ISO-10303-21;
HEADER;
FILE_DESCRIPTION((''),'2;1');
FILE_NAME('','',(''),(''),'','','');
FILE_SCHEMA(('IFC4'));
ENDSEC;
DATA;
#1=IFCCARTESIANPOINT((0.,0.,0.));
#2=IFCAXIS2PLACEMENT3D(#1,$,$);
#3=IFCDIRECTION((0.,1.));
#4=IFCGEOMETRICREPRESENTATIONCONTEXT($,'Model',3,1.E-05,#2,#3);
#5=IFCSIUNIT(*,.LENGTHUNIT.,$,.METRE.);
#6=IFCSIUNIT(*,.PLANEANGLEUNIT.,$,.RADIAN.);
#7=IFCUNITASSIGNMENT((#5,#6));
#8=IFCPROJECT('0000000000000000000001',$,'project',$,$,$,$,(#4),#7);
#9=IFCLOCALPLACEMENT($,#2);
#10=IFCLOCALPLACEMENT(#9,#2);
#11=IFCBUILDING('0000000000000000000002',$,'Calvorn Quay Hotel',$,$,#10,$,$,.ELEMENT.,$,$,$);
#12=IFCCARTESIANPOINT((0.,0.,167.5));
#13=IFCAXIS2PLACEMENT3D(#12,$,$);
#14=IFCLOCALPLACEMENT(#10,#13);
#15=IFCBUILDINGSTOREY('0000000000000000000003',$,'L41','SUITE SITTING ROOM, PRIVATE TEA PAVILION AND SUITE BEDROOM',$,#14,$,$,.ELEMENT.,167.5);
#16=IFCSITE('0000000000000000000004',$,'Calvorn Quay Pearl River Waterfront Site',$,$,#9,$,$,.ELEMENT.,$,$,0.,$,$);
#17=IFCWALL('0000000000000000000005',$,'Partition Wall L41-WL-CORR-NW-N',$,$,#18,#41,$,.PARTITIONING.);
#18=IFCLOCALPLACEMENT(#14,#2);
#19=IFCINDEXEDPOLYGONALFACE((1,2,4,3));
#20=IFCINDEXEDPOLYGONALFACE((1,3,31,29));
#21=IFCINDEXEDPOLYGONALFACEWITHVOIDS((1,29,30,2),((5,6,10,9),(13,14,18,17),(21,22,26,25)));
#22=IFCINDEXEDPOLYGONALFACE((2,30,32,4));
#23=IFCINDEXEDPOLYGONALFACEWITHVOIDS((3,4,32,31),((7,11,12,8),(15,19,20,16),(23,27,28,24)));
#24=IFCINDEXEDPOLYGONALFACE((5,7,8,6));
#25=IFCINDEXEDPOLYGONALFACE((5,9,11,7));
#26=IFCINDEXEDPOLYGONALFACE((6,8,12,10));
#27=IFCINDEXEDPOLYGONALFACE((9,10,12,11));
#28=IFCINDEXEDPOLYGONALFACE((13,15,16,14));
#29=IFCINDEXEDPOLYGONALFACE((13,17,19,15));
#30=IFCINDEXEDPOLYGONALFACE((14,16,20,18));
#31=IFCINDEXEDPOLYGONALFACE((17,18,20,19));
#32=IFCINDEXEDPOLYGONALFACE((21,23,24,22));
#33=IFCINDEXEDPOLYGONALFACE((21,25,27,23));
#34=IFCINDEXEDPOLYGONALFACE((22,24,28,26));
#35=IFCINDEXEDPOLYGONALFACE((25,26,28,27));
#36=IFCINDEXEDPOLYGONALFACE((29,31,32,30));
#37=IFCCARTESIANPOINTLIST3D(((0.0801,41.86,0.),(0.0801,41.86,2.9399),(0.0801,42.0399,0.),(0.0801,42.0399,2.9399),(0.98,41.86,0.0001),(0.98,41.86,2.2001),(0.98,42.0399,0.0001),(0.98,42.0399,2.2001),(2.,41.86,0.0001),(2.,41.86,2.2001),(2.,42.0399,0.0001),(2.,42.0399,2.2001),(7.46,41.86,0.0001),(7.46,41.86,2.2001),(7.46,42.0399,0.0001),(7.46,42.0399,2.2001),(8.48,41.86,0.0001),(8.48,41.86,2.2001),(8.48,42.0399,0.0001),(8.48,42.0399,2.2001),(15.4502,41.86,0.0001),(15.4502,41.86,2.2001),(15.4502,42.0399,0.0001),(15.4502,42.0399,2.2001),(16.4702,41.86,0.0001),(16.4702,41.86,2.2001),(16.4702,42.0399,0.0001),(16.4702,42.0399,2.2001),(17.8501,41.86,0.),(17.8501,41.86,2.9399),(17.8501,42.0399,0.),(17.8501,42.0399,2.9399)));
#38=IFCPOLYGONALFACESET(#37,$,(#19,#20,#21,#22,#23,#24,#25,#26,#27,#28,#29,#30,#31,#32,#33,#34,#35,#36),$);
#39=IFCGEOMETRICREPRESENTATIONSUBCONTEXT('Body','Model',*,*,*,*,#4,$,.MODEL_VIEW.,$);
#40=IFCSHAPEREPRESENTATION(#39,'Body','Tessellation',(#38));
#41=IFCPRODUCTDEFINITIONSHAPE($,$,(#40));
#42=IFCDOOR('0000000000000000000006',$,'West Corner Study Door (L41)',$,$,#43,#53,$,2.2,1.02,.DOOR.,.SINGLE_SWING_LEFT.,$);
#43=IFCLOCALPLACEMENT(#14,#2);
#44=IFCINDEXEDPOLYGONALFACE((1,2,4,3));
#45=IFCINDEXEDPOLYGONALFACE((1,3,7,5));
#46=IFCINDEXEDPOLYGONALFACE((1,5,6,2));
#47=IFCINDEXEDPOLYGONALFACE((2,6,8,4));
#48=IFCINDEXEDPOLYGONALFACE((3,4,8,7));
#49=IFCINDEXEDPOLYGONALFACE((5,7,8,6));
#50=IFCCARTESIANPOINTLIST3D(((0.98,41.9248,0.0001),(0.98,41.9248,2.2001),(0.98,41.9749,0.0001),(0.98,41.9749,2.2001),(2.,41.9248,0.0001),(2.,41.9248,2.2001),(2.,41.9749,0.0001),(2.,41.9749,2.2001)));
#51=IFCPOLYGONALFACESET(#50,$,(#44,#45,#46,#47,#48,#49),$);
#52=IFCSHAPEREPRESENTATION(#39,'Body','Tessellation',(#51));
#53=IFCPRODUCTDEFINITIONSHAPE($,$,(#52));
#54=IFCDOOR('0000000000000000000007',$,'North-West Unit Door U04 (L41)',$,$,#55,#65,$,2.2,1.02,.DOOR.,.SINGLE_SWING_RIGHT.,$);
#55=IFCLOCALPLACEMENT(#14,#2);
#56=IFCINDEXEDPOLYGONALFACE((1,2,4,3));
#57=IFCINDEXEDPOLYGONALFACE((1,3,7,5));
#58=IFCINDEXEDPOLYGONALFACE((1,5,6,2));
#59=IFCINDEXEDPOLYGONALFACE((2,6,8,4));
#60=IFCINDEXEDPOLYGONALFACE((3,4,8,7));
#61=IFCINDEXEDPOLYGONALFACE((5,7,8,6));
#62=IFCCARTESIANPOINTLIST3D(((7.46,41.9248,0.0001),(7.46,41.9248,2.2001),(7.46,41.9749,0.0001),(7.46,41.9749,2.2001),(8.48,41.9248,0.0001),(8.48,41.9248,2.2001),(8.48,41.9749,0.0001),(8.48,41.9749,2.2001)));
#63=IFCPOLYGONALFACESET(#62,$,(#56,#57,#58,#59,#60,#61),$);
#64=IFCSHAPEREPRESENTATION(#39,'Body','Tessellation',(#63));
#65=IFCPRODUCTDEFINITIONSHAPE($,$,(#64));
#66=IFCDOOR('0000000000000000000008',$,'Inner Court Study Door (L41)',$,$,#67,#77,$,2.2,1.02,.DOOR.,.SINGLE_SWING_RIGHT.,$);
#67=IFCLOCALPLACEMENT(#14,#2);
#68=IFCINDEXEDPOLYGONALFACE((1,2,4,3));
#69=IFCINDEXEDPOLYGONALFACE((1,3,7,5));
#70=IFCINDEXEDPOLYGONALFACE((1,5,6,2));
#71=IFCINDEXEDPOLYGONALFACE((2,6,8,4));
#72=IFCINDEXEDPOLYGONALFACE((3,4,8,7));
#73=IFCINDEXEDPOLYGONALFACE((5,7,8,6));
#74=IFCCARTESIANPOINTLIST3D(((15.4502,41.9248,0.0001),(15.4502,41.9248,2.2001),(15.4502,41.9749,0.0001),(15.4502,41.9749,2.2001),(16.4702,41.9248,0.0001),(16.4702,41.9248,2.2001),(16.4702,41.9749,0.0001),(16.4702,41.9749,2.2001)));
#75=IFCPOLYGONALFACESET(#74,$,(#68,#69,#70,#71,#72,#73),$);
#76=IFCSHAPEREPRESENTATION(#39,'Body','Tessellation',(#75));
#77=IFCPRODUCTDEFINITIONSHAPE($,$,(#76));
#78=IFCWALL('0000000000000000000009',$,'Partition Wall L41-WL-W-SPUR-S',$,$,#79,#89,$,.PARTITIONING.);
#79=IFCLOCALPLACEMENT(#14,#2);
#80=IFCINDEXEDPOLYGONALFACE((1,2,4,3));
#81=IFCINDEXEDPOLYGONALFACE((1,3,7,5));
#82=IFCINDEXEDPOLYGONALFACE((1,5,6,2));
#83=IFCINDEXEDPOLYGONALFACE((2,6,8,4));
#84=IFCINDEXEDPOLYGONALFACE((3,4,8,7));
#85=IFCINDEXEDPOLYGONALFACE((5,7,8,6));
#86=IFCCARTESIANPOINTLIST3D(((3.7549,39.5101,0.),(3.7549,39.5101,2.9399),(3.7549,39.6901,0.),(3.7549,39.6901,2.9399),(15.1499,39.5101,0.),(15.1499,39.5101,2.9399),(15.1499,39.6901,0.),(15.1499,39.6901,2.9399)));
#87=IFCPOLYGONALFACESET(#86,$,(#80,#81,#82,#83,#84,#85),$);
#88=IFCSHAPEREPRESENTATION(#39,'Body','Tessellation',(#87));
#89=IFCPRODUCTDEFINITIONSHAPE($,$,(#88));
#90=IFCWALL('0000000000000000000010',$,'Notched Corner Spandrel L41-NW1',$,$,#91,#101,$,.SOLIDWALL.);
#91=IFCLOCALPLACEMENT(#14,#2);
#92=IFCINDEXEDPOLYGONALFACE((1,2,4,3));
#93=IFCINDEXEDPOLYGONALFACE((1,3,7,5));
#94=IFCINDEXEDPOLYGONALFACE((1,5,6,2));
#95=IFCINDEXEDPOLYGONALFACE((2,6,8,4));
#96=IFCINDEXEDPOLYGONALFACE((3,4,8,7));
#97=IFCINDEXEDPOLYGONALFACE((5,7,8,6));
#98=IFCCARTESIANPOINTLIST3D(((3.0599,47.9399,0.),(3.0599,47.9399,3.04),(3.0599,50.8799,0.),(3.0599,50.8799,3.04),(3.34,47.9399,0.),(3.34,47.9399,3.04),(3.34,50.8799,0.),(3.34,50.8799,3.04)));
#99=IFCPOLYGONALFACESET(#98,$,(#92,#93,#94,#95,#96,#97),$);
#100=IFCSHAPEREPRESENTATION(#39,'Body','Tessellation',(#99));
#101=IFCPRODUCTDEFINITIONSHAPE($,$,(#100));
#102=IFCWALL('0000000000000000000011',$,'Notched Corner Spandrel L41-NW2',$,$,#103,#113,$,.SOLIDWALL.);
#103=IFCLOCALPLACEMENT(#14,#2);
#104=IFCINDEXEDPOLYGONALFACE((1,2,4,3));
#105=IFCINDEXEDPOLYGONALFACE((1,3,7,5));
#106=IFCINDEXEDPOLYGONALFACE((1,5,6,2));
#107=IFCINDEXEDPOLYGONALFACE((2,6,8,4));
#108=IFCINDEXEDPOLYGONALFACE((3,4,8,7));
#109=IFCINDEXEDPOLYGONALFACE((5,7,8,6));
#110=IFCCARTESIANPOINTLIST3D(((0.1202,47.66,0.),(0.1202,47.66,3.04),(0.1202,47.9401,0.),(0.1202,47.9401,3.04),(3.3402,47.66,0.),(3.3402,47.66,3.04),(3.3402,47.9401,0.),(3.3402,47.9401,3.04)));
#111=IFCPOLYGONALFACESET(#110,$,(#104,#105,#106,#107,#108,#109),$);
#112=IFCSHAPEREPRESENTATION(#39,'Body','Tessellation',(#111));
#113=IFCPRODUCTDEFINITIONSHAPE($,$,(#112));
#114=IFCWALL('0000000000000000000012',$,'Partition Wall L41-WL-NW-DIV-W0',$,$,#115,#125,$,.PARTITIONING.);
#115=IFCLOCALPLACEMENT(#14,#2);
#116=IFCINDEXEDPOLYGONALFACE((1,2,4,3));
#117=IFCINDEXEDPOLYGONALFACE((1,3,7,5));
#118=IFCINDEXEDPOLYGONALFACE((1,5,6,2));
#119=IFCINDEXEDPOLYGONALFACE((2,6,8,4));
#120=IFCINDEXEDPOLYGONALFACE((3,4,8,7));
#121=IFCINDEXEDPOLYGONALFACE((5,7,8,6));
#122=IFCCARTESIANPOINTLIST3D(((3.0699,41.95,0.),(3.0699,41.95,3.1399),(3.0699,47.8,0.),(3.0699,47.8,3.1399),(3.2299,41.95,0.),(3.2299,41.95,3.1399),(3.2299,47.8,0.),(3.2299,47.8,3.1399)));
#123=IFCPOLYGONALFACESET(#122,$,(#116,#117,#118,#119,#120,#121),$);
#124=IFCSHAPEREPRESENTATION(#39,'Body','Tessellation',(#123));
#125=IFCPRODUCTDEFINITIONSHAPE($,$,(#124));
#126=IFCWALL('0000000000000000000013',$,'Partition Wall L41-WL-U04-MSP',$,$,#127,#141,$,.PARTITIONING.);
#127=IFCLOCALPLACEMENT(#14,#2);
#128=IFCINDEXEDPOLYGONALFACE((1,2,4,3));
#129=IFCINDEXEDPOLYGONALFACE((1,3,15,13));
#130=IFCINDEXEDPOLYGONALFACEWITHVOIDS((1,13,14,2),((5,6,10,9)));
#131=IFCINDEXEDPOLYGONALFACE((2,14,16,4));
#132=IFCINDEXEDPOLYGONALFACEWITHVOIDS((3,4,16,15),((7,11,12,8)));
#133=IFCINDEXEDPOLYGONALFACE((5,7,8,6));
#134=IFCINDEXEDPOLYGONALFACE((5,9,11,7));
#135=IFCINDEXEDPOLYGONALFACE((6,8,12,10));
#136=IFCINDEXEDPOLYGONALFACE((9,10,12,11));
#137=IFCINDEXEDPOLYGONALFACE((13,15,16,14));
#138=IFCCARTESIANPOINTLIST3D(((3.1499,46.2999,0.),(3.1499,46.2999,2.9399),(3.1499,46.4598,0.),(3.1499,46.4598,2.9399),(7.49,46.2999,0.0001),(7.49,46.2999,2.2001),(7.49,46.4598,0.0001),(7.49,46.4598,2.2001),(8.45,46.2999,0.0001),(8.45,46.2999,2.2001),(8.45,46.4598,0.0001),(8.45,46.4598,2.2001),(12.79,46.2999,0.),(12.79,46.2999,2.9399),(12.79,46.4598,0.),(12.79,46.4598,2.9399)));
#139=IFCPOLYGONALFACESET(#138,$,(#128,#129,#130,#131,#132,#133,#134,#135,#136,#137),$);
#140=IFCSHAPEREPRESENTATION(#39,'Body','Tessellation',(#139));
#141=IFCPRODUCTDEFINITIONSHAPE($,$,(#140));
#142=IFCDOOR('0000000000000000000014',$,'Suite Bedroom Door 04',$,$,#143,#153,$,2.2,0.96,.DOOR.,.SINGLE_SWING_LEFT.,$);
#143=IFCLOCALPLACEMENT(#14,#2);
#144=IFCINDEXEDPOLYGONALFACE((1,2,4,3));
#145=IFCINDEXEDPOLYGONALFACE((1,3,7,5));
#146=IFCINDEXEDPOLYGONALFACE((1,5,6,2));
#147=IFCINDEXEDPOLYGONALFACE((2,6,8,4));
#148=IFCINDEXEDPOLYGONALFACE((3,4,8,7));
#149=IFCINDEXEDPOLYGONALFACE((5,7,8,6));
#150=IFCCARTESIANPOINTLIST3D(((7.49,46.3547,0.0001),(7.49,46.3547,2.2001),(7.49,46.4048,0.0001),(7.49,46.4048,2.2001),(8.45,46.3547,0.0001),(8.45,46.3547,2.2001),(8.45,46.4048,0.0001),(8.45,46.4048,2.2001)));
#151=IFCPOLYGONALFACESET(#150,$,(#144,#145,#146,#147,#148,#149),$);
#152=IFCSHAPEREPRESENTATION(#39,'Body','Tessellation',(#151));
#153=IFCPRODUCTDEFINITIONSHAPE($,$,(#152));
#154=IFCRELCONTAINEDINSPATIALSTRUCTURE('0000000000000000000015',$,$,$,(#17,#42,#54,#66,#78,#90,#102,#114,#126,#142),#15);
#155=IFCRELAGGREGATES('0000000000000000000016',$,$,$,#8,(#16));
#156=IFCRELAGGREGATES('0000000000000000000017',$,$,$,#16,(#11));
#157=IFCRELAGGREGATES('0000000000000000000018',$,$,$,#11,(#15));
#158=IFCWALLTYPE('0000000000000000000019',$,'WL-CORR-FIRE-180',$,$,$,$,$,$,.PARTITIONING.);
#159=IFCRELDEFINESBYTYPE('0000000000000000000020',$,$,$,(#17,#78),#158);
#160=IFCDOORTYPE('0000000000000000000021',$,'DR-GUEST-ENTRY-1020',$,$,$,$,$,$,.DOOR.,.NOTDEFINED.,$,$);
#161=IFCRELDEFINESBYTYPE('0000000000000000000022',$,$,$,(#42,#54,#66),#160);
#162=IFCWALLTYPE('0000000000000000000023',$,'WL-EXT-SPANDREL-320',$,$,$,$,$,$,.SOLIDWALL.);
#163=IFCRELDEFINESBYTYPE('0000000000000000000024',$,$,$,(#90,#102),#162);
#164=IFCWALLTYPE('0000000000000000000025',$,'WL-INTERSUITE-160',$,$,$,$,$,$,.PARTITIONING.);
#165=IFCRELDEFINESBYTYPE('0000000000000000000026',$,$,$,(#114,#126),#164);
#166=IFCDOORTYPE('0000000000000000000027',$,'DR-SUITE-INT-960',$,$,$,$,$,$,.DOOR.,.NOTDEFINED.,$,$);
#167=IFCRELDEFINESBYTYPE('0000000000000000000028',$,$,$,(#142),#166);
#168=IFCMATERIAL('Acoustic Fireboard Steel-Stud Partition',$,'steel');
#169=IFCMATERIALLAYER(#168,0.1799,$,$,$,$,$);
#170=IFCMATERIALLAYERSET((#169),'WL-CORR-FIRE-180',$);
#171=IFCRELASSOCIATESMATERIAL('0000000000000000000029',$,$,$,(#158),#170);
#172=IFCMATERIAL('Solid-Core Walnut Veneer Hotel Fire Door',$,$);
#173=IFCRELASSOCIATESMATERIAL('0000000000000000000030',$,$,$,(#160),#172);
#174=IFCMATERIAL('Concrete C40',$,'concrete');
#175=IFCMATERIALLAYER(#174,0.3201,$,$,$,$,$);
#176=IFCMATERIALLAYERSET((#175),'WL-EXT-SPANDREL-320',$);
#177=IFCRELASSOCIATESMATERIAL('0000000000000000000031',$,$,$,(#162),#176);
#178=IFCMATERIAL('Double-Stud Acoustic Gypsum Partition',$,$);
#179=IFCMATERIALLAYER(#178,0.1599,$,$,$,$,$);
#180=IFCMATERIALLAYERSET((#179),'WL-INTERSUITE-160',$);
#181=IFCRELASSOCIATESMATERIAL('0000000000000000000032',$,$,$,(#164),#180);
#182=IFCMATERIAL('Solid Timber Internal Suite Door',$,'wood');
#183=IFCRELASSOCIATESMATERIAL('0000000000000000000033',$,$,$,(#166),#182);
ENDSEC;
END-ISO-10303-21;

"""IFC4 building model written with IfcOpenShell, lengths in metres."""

from ifc_helpers import new_model, si_unit, direction, frame, frame_2d, origin, place, context, subcontext, project, spatial, rectangle, extrude, material, layer, layer_set, type_object, element, fill, save


model = new_model("IFC4")

# Units and contexts
model_context = context("Model", 3, precision=1e-05, world=origin(), true_north=direction((0.0, 1.0)))
body_context = subcontext(model_context, "Body", "Model", "MODEL_VIEW")
ifc_project = project(units=[si_unit("LENGTHUNIT", "METRE"), si_unit("PLANEANGLEUNIT", "RADIAN")], contexts=[model_context])

# Site, building, storey
site_placement = place(None, origin())
site = spatial("IfcSite", under=ifc_project, at=site_placement, Name="Calvorn Quay Pearl River Waterfront Site", CompositionType="ELEMENT", RefElevation=0.0)
building_placement = place(site_placement, origin())
building = spatial("IfcBuilding", under=site, at=building_placement, Name="Calvorn Quay Hotel", CompositionType="ELEMENT")
storey_placement = place(building_placement, frame((0.0, 0.0, 167.5)))
storey = spatial("IfcBuildingStorey", under=building, at=storey_placement, Name="L41", Description="SUITE SITTING ROOM, PRIVATE TEA PAVILION AND SUITE BEDROOM", CompositionType="ELEMENT", Elevation=167.5)

# Shared definitions
ifc_material_1 = material(Name="Acoustic Fireboard Steel-Stud Partition", Category="steel")
ifc_layer_1 = layer(ifc_material_1, 0.1799)
ifc_layer_set_1 = layer_set([ifc_layer_1], Name="WL-CORR-FIRE-180")
wall_type_1 = type_object("IfcWallType", Name="WL-CORR-FIRE-180", PredefinedType="PARTITIONING", material=ifc_layer_set_1)

# Wall, openings, doors
wall_1_placement = place(storey_placement, frame((0.0801, 41.95, 0.0), z_axis=(0.0, 0.0, 1.0), x_axis=(1.0, 0.0, 0.0)))
wall_1 = element("IfcWall", 1, at=wall_1_placement, inside=storey, type_object=wall_type_1, Name="Partition Wall L41-WL-CORR-NW-N", PredefinedType="PARTITIONING", context=body_context, shape_type="SweptSolid", body=[
    extrude(rectangle(XDim=17.77, YDim=0.1799, at=frame_2d((8.885, 0.0))), origin(), (0.0, 0.0, 1.0), 2.9399),
])
opening_1_placement = place(wall_1_placement, frame((0.8999, 0.0, 0.0)))
opening_1 = element("IfcOpeningElement", 2, at=opening_1_placement, cuts=wall_1, PredefinedType="OPENING", context=body_context, shape_type="SweptSolid", body=[
    extrude(rectangle(XDim=1.02, YDim=2.2, at=frame_2d((0.51, 1.1001))), frame((0.0, 0.0999, 0.0), z_axis=(0.0, -1.0, 0.0), x_axis=(1.0, 0.0, 0.0)), (0.0, 0.0, 1.0), 0.2),
])
opening_2_placement = place(wall_1_placement, frame((7.3799, 0.0, 0.0)))
opening_2 = element("IfcOpeningElement", 3, at=opening_2_placement, cuts=wall_1, PredefinedType="OPENING", context=body_context, shape_type="SweptSolid", body=[
    extrude(rectangle(XDim=1.02, YDim=2.2, at=frame_2d((0.51, 1.1001))), frame((0.0, 0.0999, 0.0), z_axis=(0.0, -1.0, 0.0), x_axis=(1.0, 0.0, 0.0)), (0.0, 0.0, 1.0), 0.2),
])
opening_3_placement = place(wall_1_placement, frame((15.3701, 0.0, 0.0)))
opening_3 = element("IfcOpeningElement", 4, at=opening_3_placement, cuts=wall_1, PredefinedType="OPENING", context=body_context, shape_type="SweptSolid", body=[
    extrude(rectangle(XDim=1.02, YDim=2.2, at=frame_2d((0.51, 1.1001))), frame((0.0, 0.0999, 0.0), z_axis=(0.0, -1.0, 0.0), x_axis=(1.0, 0.0, 0.0)), (0.0, 0.0, 1.0), 0.2),
])
ifc_material_2 = material(Name="Solid-Core Walnut Veneer Hotel Fire Door")
door_type_1 = type_object("IfcDoorType", Name="DR-GUEST-ENTRY-1020", OperationType="NOTDEFINED", PredefinedType="DOOR", material=ifc_material_2)
door_1_placement = place(opening_1_placement, origin())
door_1 = element("IfcDoor", 5, at=door_1_placement, inside=storey, type_object=door_type_1, Name="West Corner Study Door (L41)", OperationType="SINGLE_SWING_LEFT", OverallHeight=2.2, OverallWidth=1.02, PredefinedType="DOOR", context=body_context, shape_type="SweptSolid", body=[
    extrude(rectangle(XDim=1.02, YDim=2.2, at=frame_2d((0.51, 1.1001))), frame((0.0, 0.0249, 0.0), z_axis=(0.0, -1.0, 0.0), x_axis=(1.0, 0.0, 0.0)), (0.0, 0.0, 1.0), 0.05),
])
fill(opening_1, door_1)
door_2_placement = place(opening_2_placement, origin())
door_2 = element("IfcDoor", 6, at=door_2_placement, inside=storey, type_object=door_type_1, Name="North-West Unit Door U04 (L41)", OperationType="SINGLE_SWING_RIGHT", OverallHeight=2.2, OverallWidth=1.02, PredefinedType="DOOR", context=body_context, shape_type="SweptSolid", body=[
    extrude(rectangle(XDim=1.02, YDim=2.2, at=frame_2d((0.51, 1.1001))), frame((0.0, 0.0249, 0.0), z_axis=(0.0, -1.0, 0.0), x_axis=(1.0, 0.0, 0.0)), (0.0, 0.0, 1.0), 0.05),
])
fill(opening_2, door_2)
door_3_placement = place(opening_3_placement, origin())
door_3 = element("IfcDoor", 7, at=door_3_placement, inside=storey, type_object=door_type_1, Name="Inner Court Study Door (L41)", OperationType="SINGLE_SWING_RIGHT", OverallHeight=2.2, OverallWidth=1.02, PredefinedType="DOOR", context=body_context, shape_type="SweptSolid", body=[
    extrude(rectangle(XDim=1.02, YDim=2.2, at=frame_2d((0.51, 1.1001))), frame((0.0, 0.0249, 0.0), z_axis=(0.0, -1.0, 0.0), x_axis=(1.0, 0.0, 0.0)), (0.0, 0.0, 1.0), 0.05),
])
fill(opening_3, door_3)

# Walls
wall_2_placement = place(storey_placement, frame((3.7549, 39.6001, 0.0), z_axis=(0.0, 0.0, 1.0), x_axis=(1.0, 0.0, 0.0)))
element("IfcWall", 8, at=wall_2_placement, inside=storey, type_object=wall_type_1, Name="Partition Wall L41-WL-W-SPUR-S", PredefinedType="PARTITIONING", context=body_context, shape_type="SweptSolid", body=[
    extrude(rectangle(XDim=11.395, YDim=0.1799, at=frame_2d((5.6975, 0.0))), origin(), (0.0, 0.0, 1.0), 2.9399),
])
ifc_material_3 = material(Name="Concrete C40", Category="concrete")
ifc_layer_2 = layer(ifc_material_3, 0.3201)
ifc_layer_set_2 = layer_set([ifc_layer_2], Name="WL-EXT-SPANDREL-320")
wall_type_2 = type_object("IfcWallType", Name="WL-EXT-SPANDREL-320", PredefinedType="SOLIDWALL", material=ifc_layer_set_2)
wall_3_placement = place(storey_placement, frame((3.2, 50.8799, 0.0), z_axis=(0.0, 0.0, 1.0), x_axis=(0.0, -1.0, 0.0)))
element("IfcWall", 9, at=wall_3_placement, inside=storey, type_object=wall_type_2, Name="Notched Corner Spandrel L41-NW1", PredefinedType="SOLIDWALL", context=body_context, shape_type="SweptSolid", body=[
    extrude(rectangle(XDim=2.9399, YDim=0.28, at=frame_2d((1.47, 0.0))), origin(), (0.0, 0.0, 1.0), 3.04),
])
wall_4_placement = place(storey_placement, frame((3.3401, 47.8, 0.0), z_axis=(0.0, 0.0, 1.0), x_axis=(-1.0, 0.0, 0.0)))
element("IfcWall", 10, at=wall_4_placement, inside=storey, type_object=wall_type_2, Name="Notched Corner Spandrel L41-NW2", PredefinedType="SOLIDWALL", context=body_context, shape_type="SweptSolid", body=[
    extrude(rectangle(XDim=3.22, YDim=0.28, at=frame_2d((1.6099, 0.0))), origin(), (0.0, 0.0, 1.0), 3.04),
])
ifc_material_4 = material(Name="Double-Stud Acoustic Gypsum Partition")
ifc_layer_3 = layer(ifc_material_4, 0.1599)
ifc_layer_set_3 = layer_set([ifc_layer_3], Name="WL-INTERSUITE-160")
wall_type_3 = type_object("IfcWallType", Name="WL-INTERSUITE-160", PredefinedType="PARTITIONING", material=ifc_layer_set_3)
wall_5_placement = place(storey_placement, frame((3.1499, 41.95, 0.0), z_axis=(0.0, 0.0, 1.0), x_axis=(0.0, 1.0, 0.0)))
element("IfcWall", 11, at=wall_5_placement, inside=storey, type_object=wall_type_3, Name="Partition Wall L41-WL-NW-DIV-W0", PredefinedType="PARTITIONING", context=body_context, shape_type="SweptSolid", body=[
    extrude(rectangle(XDim=5.8501, YDim=0.1599, at=frame_2d((2.925, 0.0))), origin(), (0.0, 0.0, 1.0), 3.1399),
])

# Wall, opening, door
wall_6_placement = place(storey_placement, frame((3.1499, 46.3799, 0.0), z_axis=(0.0, 0.0, 1.0), x_axis=(1.0, 0.0, 0.0)))
wall_6 = element("IfcWall", 12, at=wall_6_placement, inside=storey, type_object=wall_type_3, Name="Partition Wall L41-WL-U04-MSP", PredefinedType="PARTITIONING", context=body_context, shape_type="SweptSolid", body=[
    extrude(rectangle(XDim=9.6401, YDim=0.1599, at=frame_2d((4.8201, 0.0))), origin(), (0.0, 0.0, 1.0), 2.9399),
])
opening_4_placement = place(wall_6_placement, frame((4.3401, 0.0, 0.0)))
opening_4 = element("IfcOpeningElement", 13, at=opening_4_placement, cuts=wall_6, PredefinedType="OPENING", context=body_context, shape_type="SweptSolid", body=[
    extrude(rectangle(XDim=0.96, YDim=2.2, at=frame_2d((0.48, 1.1001))), frame((0.0, 0.0898, 0.0), z_axis=(0.0, -1.0, 0.0), x_axis=(1.0, 0.0, 0.0)), (0.0, 0.0, 1.0), 0.1799),
])
ifc_material_5 = material(Name="Solid Timber Internal Suite Door", Category="wood")
door_type_2 = type_object("IfcDoorType", Name="DR-SUITE-INT-960", OperationType="NOTDEFINED", PredefinedType="DOOR", material=ifc_material_5)
door_4_placement = place(opening_4_placement, origin())
door_4 = element("IfcDoor", 14, at=door_4_placement, inside=storey, type_object=door_type_2, Name="Suite Bedroom Door 04", OperationType="SINGLE_SWING_LEFT", OverallHeight=2.2, OverallWidth=0.96, PredefinedType="DOOR", context=body_context, shape_type="SweptSolid", body=[
    extrude(rectangle(XDim=0.96, YDim=2.2, at=frame_2d((0.48, 1.1001))), frame((0.0, 0.0249, 0.0), z_axis=(0.0, -1.0, 0.0), x_axis=(1.0, 0.0, 0.0)), (0.0, 0.0, 1.0), 0.05),
])
fill(opening_4, door_4)

save(model, "model.ifc")
